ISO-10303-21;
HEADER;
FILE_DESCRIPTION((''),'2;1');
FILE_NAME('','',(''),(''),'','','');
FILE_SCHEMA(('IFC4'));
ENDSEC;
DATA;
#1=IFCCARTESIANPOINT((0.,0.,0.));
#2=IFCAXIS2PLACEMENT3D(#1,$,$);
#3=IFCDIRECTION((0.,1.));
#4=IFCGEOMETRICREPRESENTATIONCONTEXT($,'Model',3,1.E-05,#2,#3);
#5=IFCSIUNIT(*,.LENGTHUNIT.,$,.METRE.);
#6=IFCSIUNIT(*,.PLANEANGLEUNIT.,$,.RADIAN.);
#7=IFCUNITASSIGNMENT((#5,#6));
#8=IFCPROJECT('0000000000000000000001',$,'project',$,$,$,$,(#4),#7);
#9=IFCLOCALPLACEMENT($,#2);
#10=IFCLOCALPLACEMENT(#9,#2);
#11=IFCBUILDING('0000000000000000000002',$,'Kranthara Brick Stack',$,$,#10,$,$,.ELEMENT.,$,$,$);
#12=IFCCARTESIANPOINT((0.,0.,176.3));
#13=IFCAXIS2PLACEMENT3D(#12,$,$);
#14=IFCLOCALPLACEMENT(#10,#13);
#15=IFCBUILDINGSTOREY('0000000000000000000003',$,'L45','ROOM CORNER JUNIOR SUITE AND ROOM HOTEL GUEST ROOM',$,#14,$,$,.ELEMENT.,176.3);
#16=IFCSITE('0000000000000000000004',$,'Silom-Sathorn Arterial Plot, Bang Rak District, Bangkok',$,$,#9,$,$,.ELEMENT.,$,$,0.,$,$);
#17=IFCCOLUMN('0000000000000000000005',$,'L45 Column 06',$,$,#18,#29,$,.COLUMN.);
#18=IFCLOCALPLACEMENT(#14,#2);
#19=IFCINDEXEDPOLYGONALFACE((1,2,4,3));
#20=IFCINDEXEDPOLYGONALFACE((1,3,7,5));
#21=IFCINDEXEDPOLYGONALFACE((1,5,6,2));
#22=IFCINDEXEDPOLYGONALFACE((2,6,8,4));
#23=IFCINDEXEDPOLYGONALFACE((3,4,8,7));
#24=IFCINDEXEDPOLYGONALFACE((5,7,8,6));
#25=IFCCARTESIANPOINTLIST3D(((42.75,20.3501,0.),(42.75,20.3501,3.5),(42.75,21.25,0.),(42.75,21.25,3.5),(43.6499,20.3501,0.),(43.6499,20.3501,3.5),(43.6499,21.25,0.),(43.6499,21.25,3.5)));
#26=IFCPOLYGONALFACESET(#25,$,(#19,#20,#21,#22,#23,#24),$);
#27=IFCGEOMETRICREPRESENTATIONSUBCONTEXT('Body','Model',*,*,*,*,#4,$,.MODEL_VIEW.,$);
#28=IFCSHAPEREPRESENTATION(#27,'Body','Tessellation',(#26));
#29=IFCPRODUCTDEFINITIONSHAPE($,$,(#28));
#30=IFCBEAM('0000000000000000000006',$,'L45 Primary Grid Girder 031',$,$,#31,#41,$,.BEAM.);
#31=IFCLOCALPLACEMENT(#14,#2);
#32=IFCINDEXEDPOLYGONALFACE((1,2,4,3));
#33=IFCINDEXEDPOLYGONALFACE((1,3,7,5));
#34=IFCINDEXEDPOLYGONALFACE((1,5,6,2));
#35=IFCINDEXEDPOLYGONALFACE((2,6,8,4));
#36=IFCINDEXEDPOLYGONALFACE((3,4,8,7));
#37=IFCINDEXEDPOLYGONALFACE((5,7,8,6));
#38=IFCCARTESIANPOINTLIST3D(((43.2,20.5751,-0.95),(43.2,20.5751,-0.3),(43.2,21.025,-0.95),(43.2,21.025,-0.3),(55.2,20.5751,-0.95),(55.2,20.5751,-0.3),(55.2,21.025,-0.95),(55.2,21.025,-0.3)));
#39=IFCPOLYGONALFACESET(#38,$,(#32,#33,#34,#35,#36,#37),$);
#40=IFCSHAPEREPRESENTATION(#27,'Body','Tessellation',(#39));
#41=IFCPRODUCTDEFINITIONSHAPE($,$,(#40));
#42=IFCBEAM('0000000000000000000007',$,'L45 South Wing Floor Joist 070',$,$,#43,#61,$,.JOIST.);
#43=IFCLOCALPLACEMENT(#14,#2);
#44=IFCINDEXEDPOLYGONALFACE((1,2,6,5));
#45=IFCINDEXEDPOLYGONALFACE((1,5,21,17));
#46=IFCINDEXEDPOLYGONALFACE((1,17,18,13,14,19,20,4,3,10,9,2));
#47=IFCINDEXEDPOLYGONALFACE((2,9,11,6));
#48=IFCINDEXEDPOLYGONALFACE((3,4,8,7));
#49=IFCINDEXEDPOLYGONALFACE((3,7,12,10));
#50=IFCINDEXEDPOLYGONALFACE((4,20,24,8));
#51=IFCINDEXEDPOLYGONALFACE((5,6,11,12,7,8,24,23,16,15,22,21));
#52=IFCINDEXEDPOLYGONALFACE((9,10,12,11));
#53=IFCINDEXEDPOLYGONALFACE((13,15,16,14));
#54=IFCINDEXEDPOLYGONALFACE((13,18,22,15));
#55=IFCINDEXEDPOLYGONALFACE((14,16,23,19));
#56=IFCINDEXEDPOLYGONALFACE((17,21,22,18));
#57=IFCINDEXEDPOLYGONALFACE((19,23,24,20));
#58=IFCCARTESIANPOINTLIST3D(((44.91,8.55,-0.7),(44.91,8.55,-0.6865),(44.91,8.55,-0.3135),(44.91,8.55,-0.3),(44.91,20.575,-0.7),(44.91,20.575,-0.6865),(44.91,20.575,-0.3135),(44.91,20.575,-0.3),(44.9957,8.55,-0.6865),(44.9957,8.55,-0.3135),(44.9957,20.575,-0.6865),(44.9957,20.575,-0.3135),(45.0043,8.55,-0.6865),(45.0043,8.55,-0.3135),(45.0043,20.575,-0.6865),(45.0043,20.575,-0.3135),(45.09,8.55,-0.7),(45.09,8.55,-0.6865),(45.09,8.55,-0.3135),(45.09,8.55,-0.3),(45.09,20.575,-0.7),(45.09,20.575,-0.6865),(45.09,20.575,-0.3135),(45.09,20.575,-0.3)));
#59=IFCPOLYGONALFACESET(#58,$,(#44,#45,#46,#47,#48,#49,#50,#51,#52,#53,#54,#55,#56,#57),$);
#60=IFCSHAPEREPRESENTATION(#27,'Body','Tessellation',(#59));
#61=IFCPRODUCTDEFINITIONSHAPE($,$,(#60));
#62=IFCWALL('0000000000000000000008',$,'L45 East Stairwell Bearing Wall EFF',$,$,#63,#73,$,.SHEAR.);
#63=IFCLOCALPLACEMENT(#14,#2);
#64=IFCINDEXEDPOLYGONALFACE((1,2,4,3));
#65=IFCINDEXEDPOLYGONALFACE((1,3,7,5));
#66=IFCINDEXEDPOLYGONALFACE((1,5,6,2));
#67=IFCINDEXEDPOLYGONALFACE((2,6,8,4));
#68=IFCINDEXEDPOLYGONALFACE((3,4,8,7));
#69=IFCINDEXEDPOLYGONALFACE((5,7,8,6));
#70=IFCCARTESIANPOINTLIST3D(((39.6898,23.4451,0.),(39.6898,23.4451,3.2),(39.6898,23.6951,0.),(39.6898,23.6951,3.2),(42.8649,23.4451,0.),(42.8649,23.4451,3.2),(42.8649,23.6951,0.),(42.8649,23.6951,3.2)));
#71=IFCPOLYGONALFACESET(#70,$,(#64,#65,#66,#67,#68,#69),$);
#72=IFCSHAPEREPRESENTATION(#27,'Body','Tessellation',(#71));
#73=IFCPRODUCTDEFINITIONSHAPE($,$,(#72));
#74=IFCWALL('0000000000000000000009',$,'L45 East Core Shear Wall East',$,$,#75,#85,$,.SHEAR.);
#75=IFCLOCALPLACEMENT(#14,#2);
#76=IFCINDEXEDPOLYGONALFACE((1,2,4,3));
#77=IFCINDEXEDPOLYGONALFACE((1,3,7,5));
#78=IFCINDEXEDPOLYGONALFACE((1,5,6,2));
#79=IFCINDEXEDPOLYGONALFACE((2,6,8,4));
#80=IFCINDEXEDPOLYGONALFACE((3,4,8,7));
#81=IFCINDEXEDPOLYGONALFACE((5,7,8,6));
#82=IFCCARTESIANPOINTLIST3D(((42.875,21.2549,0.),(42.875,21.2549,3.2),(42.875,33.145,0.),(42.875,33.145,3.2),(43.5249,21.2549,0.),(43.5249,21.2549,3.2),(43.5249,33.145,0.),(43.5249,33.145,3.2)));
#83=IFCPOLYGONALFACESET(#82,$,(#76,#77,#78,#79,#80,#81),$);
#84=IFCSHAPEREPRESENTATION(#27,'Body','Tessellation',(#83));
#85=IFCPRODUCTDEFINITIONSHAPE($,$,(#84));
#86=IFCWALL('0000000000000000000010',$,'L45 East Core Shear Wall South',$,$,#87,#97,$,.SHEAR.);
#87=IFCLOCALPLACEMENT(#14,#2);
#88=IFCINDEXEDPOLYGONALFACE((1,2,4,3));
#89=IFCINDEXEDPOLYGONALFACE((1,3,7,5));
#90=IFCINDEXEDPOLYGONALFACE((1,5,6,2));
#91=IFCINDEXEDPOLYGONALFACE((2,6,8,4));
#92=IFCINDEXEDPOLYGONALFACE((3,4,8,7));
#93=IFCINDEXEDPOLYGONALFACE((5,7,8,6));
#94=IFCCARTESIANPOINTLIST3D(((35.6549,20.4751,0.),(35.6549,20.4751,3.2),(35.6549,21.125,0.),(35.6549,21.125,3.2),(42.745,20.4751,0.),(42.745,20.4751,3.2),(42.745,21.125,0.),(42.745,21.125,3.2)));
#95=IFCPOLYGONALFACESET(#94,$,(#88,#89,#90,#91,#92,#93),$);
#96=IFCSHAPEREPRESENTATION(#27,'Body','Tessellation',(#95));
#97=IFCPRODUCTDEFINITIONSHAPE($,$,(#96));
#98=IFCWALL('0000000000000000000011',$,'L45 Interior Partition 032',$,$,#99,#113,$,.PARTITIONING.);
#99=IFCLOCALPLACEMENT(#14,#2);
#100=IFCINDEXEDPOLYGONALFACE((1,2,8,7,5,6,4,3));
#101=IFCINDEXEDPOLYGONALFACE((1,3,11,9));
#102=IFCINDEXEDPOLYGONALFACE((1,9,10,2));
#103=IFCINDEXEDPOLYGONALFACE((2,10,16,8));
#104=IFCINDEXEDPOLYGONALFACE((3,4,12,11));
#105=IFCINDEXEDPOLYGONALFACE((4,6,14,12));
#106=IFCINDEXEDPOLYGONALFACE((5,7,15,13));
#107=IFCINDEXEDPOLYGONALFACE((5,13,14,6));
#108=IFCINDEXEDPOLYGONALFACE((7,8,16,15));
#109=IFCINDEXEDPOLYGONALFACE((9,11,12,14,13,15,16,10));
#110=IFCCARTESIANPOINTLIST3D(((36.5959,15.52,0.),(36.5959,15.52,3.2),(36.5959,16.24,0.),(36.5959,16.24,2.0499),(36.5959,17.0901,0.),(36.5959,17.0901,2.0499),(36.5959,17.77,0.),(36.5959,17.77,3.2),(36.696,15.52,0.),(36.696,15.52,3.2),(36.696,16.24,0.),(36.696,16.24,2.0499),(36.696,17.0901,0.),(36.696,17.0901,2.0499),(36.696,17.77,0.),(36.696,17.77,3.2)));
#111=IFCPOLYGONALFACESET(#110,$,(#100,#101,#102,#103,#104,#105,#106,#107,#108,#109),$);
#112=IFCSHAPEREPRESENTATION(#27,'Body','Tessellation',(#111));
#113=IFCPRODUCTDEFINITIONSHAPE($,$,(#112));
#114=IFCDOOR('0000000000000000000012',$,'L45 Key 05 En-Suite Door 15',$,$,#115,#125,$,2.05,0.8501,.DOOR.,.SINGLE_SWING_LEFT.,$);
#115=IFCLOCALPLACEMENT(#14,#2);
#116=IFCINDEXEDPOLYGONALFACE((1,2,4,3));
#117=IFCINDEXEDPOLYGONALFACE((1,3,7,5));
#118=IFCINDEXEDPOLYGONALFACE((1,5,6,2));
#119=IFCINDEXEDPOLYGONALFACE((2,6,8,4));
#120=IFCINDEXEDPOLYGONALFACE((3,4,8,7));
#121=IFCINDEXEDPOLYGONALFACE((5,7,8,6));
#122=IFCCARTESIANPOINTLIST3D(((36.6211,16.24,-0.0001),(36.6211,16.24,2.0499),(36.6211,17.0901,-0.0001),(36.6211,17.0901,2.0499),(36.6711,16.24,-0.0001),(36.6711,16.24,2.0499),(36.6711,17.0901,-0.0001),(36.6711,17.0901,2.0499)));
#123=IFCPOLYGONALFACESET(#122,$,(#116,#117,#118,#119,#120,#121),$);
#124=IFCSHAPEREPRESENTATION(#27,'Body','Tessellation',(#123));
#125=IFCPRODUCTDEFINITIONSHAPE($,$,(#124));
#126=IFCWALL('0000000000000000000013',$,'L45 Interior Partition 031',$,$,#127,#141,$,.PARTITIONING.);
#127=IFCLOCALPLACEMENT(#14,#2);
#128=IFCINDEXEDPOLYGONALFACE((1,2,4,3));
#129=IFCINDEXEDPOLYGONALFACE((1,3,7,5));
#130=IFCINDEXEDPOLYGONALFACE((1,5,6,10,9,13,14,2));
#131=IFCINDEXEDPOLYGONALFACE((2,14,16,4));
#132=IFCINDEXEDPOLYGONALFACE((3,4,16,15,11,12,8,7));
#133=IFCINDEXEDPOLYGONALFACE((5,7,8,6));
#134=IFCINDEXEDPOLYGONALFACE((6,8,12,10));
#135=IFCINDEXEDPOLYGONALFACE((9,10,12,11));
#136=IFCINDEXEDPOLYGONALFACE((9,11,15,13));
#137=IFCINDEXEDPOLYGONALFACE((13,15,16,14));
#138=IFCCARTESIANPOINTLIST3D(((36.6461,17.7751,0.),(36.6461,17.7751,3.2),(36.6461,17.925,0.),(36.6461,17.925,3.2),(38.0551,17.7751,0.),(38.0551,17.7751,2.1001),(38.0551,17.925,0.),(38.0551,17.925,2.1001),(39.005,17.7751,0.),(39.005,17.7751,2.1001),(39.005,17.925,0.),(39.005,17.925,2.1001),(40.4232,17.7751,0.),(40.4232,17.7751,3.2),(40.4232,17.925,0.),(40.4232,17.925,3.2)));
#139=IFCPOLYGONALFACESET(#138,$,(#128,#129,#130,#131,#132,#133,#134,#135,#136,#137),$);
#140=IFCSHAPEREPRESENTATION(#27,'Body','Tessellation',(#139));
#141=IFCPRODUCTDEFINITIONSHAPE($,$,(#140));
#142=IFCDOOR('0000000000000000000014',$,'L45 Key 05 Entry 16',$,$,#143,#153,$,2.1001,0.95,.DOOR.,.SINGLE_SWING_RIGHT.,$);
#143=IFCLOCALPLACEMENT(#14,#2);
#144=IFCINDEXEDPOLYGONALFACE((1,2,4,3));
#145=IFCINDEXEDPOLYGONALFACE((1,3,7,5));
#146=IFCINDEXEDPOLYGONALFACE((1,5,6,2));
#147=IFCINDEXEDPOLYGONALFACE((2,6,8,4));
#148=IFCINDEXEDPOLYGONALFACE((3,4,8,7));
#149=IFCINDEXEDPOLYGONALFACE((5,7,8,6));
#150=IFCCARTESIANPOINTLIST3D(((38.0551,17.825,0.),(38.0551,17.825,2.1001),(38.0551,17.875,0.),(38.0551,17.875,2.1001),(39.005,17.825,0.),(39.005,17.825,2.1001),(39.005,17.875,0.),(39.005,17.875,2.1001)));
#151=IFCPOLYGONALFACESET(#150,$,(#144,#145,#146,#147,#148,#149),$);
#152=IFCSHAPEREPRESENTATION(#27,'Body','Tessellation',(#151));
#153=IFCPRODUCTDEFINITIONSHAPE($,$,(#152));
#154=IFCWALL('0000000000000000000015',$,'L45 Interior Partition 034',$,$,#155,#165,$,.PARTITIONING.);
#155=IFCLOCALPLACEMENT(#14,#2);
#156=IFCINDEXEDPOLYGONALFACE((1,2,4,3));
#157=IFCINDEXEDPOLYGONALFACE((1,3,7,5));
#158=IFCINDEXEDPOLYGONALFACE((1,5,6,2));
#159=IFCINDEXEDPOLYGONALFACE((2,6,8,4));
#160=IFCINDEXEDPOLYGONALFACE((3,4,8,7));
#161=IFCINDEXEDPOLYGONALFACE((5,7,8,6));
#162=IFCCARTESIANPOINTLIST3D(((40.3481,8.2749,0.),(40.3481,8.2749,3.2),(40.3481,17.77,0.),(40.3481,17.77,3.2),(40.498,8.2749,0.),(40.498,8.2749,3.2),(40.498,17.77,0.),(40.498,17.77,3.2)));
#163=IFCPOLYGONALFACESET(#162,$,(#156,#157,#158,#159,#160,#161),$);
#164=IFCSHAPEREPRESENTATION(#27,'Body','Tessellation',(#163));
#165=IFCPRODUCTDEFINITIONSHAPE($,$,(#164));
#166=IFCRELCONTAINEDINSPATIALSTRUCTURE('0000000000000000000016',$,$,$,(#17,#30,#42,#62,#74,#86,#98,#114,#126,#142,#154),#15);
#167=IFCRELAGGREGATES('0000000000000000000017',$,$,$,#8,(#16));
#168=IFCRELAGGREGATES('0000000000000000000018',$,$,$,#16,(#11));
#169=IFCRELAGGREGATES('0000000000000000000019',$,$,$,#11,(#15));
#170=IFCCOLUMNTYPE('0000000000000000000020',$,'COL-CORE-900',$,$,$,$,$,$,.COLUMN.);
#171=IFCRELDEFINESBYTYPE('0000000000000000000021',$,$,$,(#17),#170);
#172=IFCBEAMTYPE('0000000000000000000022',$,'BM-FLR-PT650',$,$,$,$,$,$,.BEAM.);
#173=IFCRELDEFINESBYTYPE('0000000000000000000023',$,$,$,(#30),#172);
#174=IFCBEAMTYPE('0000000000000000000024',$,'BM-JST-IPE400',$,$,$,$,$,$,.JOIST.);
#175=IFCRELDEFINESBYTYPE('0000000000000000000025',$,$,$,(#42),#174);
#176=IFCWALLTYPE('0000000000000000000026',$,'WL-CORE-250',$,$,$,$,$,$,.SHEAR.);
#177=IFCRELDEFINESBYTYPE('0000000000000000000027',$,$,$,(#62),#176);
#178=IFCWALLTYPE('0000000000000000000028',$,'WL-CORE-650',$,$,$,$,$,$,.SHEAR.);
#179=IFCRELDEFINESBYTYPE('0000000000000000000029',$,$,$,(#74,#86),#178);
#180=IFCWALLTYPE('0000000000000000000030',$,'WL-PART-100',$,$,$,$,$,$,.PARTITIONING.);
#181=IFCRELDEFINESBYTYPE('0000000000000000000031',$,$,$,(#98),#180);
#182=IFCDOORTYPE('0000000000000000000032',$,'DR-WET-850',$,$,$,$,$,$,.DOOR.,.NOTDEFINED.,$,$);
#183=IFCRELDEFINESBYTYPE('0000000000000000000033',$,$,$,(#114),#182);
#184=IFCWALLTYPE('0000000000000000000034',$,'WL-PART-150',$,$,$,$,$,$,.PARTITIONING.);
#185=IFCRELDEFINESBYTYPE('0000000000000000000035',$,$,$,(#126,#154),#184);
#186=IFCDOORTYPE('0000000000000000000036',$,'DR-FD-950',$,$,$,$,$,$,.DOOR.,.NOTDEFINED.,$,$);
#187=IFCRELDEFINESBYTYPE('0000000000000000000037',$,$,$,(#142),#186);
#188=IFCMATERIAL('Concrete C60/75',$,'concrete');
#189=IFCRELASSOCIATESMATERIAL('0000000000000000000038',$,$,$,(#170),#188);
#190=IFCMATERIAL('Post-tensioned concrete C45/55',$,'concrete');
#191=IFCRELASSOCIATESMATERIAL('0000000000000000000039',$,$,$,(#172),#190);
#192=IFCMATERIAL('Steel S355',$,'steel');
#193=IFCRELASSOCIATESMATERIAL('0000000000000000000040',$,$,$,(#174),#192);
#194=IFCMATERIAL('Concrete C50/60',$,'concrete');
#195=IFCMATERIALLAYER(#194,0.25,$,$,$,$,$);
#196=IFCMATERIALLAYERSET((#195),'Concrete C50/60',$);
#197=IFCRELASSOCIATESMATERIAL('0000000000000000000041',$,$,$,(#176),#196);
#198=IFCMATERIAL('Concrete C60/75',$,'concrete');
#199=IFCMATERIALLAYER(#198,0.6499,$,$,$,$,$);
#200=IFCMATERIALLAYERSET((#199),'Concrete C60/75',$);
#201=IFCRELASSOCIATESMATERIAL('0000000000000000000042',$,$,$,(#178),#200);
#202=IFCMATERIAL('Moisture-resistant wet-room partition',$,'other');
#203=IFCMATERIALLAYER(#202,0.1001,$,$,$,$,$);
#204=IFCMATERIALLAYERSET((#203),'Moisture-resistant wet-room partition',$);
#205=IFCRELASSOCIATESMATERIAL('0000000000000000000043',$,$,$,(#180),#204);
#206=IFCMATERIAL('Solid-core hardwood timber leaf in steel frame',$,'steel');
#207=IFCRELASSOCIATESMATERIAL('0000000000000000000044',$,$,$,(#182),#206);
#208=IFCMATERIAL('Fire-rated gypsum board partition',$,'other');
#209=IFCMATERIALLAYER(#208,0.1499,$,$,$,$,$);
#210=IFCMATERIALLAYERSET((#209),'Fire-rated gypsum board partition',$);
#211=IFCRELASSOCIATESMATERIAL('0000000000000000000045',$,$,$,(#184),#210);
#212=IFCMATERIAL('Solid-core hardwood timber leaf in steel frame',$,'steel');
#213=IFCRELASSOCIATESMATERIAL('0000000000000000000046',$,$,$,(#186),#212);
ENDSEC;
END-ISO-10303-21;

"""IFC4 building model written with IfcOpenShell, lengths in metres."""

from ifc_helpers import new_model, si_unit, direction, frame, frame_2d, origin, origin_2d, place, context, subcontext, project, spatial, rectangle, i_section, extrude, material, layer, layer_set, material_profile, profile_set, type_object, element, fill, save


model = new_model("IFC4")

# Units and contexts
model_context = context("Model", 3, precision=1e-05, world=origin(), true_north=direction((0.0, 1.0)))
body_context = subcontext(model_context, "Body", "Model", "MODEL_VIEW")
ifc_project = project(units=[si_unit("LENGTHUNIT", "METRE"), si_unit("PLANEANGLEUNIT", "RADIAN")], contexts=[model_context])

# Site, building, storey
site_placement = place(None, origin())
site = spatial("IfcSite", under=ifc_project, at=site_placement, Name="Silom-Sathorn Arterial Plot, Bang Rak District, Bangkok", CompositionType="ELEMENT", RefElevation=0.0)
building_placement = place(site_placement, origin())
building = spatial("IfcBuilding", under=site, at=building_placement, Name="Kranthara Brick Stack", CompositionType="ELEMENT")
storey_placement = place(building_placement, frame((0.0, 0.0, 176.3)))
storey = spatial("IfcBuildingStorey", under=building, at=storey_placement, Name="L45", Description="ROOM CORNER JUNIOR SUITE AND ROOM HOTEL GUEST ROOM", CompositionType="ELEMENT", Elevation=176.3)

# Column
ifc_material_1 = material(Name="Concrete C60/75", Category="concrete")
ifc_material_profile_1 = material_profile(ifc_material_1, rectangle(XDim=0.8999, YDim=0.8999, at=origin_2d()), Name="RC 900x900")
ifc_profile_set_1 = profile_set([ifc_material_profile_1], Name="Concrete C60/75")
column_type = type_object("IfcColumnType", Name="COL-CORE-900", PredefinedType="COLUMN", material=ifc_profile_set_1)
column_placement = place(storey_placement, frame((43.2, 20.8, 0.0), z_axis=(0.0, 0.0, 1.0), x_axis=(1.0, 0.0, 0.0)))
element("IfcColumn", 1, at=column_placement, inside=storey, type_object=column_type, Name="L45 Column 06", PredefinedType="COLUMN", context=body_context, shape_type="SweptSolid", body=[
    extrude(rectangle(XDim=0.8999, YDim=0.8999, at=origin_2d()), origin(), (0.0, 0.0, 1.0), 3.5),
])

# Beams
ifc_material_2 = material(Name="Post-tensioned concrete C45/55", Category="concrete")
ifc_material_profile_2 = material_profile(ifc_material_2, rectangle(XDim=0.45, YDim=0.6499, at=origin_2d()), Name="PT 450x650")
ifc_profile_set_2 = profile_set([ifc_material_profile_2], Name="Post-tensioned concrete C45/55")
beam_type_1 = type_object("IfcBeamType", Name="BM-FLR-PT650", PredefinedType="BEAM", material=ifc_profile_set_2)
beam_1_placement = place(storey_placement, frame((43.2, 20.8, -0.625), z_axis=(1.0, 0.0, 0.0), x_axis=(0.0, 1.0, 0.0)))
element("IfcBeam", 2, at=beam_1_placement, inside=storey, type_object=beam_type_1, Name="L45 Primary Grid Girder 031", PredefinedType="BEAM", context=body_context, shape_type="SweptSolid", body=[
    extrude(rectangle(XDim=0.45, YDim=0.6499, at=origin_2d()), origin(), (0.0, 0.0, 1.0), 12.0),
])
ifc_material_3 = material(Name="Steel S355", Category="steel")
ifc_material_profile_3 = material_profile(ifc_material_3, i_section(OverallWidth=0.1799, OverallDepth=0.3999, WebThickness=0.0085, FlangeThickness=0.0134, at=origin_2d()), Name="IPE 400")
ifc_profile_set_3 = profile_set([ifc_material_profile_3], Name="Steel S355")
beam_type_2 = type_object("IfcBeamType", Name="BM-JST-IPE400", PredefinedType="JOIST", material=ifc_profile_set_3)
beam_2_placement = place(storey_placement, frame((45.0, 8.55, -0.5), z_axis=(0.0, 1.0, 0.0), x_axis=(-1.0, 0.0, 0.0)))
element("IfcBeam", 3, at=beam_2_placement, inside=storey, type_object=beam_type_2, Name="L45 South Wing Floor Joist 070", PredefinedType="JOIST", context=body_context, shape_type="SweptSolid", body=[
    extrude(i_section(OverallWidth=0.1799, OverallDepth=0.3999, WebThickness=0.0085, FlangeThickness=0.0134, at=origin_2d()), origin(), (0.0, 0.0, 1.0), 12.0249),
])

# Shared definitions
ifc_material_4 = material(Name="Concrete C50/60", Category="concrete")
ifc_layer_1 = layer(ifc_material_4, 0.25)
ifc_layer_set_1 = layer_set([ifc_layer_1], Name="Concrete C50/60")
wall_type_1 = type_object("IfcWallType", Name="WL-CORE-250", PredefinedType="SHEAR", material=ifc_layer_set_1)

# Walls
wall_1_placement = place(storey_placement, frame((39.6899, 23.5701, 0.0), z_axis=(0.0, 0.0, 1.0), x_axis=(1.0, 0.0, 0.0)))
element("IfcWall", 4, at=wall_1_placement, inside=storey, type_object=wall_type_1, Name="L45 East Stairwell Bearing Wall EFF", PredefinedType="SHEAR", context=body_context, shape_type="SweptSolid", body=[
    extrude(rectangle(XDim=3.175, YDim=0.25, at=frame_2d((1.5874, 0.0))), origin(), (0.0, 0.0, 1.0), 3.2),
])
ifc_material_5 = material(Name="Concrete C60/75", Category="concrete")
ifc_layer_2 = layer(ifc_material_5, 0.6499)
ifc_layer_set_2 = layer_set([ifc_layer_2], Name="Concrete C60/75")
wall_type_2 = type_object("IfcWallType", Name="WL-CORE-650", PredefinedType="SHEAR", material=ifc_layer_set_2)
wall_2_placement = place(storey_placement, frame((43.2, 21.2549, 0.0), z_axis=(0.0, 0.0, 1.0), x_axis=(0.0, 1.0, 0.0)))
element("IfcWall", 5, at=wall_2_placement, inside=storey, type_object=wall_type_2, Name="L45 East Core Shear Wall East", PredefinedType="SHEAR", context=body_context, shape_type="SweptSolid", body=[
    extrude(rectangle(XDim=11.8901, YDim=0.6499, at=frame_2d((5.9451, 0.0))), origin(), (0.0, 0.0, 1.0), 3.2),
])
wall_3_placement = place(storey_placement, frame((35.655, 20.8, 0.0), z_axis=(0.0, 0.0, 1.0), x_axis=(1.0, 0.0, 0.0)))
element("IfcWall", 6, at=wall_3_placement, inside=storey, type_object=wall_type_2, Name="L45 East Core Shear Wall South", PredefinedType="SHEAR", context=body_context, shape_type="SweptSolid", body=[
    extrude(rectangle(XDim=7.0901, YDim=0.6499, at=frame_2d((3.5449, 0.0))), origin(), (0.0, 0.0, 1.0), 3.2),
])

# Walls, openings, doors
ifc_material_6 = material(Name="Moisture-resistant wet-room partition", Category="other")
ifc_layer_3 = layer(ifc_material_6, 0.1001)
ifc_layer_set_3 = layer_set([ifc_layer_3], Name="Moisture-resistant wet-room partition")
wall_type_3 = type_object("IfcWallType", Name="WL-PART-100", PredefinedType="PARTITIONING", material=ifc_layer_set_3)
wall_4_placement = place(storey_placement, frame((36.646, 15.52, 0.0), z_axis=(0.0, 0.0, 1.0), x_axis=(0.0, 1.0, 0.0)))
wall_4 = element("IfcWall", 7, at=wall_4_placement, inside=storey, type_object=wall_type_3, Name="L45 Interior Partition 032", PredefinedType="PARTITIONING", context=body_context, shape_type="SweptSolid", body=[
    extrude(rectangle(XDim=2.25, YDim=0.1001, at=frame_2d((1.125, 0.0))), origin(), (0.0, 0.0, 1.0), 3.2),
])
opening_1_placement = place(wall_4_placement, frame((0.72, 0.0, 0.0)))
opening_1 = element("IfcOpeningElement", 8, at=opening_1_placement, cuts=wall_4, PredefinedType="OPENING", context=body_context, shape_type="SweptSolid", body=[
    extrude(rectangle(XDim=0.8501, YDim=2.05, at=frame_2d((0.425, 1.0249))), frame((0.0, 0.0601, 0.0), z_axis=(0.0, -1.0, 0.0), x_axis=(1.0, 0.0, 0.0)), (0.0, 0.0, 1.0), 0.1201),
])
ifc_material_7 = material(Name="Solid-core hardwood timber leaf in steel frame", Category="steel")
door_type_1 = type_object("IfcDoorType", Name="DR-WET-850", OperationType="NOTDEFINED", PredefinedType="DOOR", material=ifc_material_7)
door_1_placement = place(opening_1_placement, origin())
door_1 = element("IfcDoor", 9, at=door_1_placement, inside=storey, type_object=door_type_1, Name="L45 Key 05 En-Suite Door 15", OperationType="SINGLE_SWING_LEFT", OverallHeight=2.05, OverallWidth=0.8501, PredefinedType="DOOR", context=body_context, shape_type="SweptSolid", body=[
    extrude(rectangle(XDim=0.8501, YDim=2.05, at=frame_2d((0.425, 1.0249))), frame((0.0, 0.0249, 0.0), z_axis=(0.0, -1.0, 0.0), x_axis=(1.0, 0.0, 0.0)), (0.0, 0.0, 1.0), 0.05),
])
fill(opening_1, door_1)
ifc_material_8 = material(Name="Fire-rated gypsum board partition", Category="other")
ifc_layer_4 = layer(ifc_material_8, 0.1499)
ifc_layer_set_4 = layer_set([ifc_layer_4], Name="Fire-rated gypsum board partition")
wall_type_4 = type_object("IfcWallType", Name="WL-PART-150", PredefinedType="PARTITIONING", material=ifc_layer_set_4)
wall_5_placement = place(storey_placement, frame((36.646, 17.8501, 0.0), z_axis=(0.0, 0.0, 1.0), x_axis=(1.0, 0.0, 0.0)))
wall_5 = element("IfcWall", 10, at=wall_5_placement, inside=storey, type_object=wall_type_4, Name="L45 Interior Partition 031", PredefinedType="PARTITIONING", context=body_context, shape_type="SweptSolid", body=[
    extrude(rectangle(XDim=3.7771, YDim=0.1499, at=frame_2d((1.8887, 0.0))), origin(), (0.0, 0.0, 1.0), 3.2),
])
opening_2_placement = place(wall_5_placement, frame((1.4089, 0.0, 0.0)))
opening_2 = element("IfcOpeningElement", 11, at=opening_2_placement, cuts=wall_5, PredefinedType="OPENING", context=body_context, shape_type="SweptSolid", body=[
    extrude(rectangle(XDim=0.95, YDim=2.1001, at=frame_2d((0.4751, 1.05))), frame((0.0, 0.085, 0.0), z_axis=(0.0, -1.0, 0.0), x_axis=(1.0, 0.0, 0.0)), (0.0, 0.0, 1.0), 0.1699),
])
ifc_material_9 = material(Name="Solid-core hardwood timber leaf in steel frame", Category="steel")
door_type_2 = type_object("IfcDoorType", Name="DR-FD-950", OperationType="NOTDEFINED", PredefinedType="DOOR", material=ifc_material_9)
door_2_placement = place(opening_2_placement, origin())
door_2 = element("IfcDoor", 12, at=door_2_placement, inside=storey, type_object=door_type_2, Name="L45 Key 05 Entry 16", OperationType="SINGLE_SWING_RIGHT", OverallHeight=2.1001, OverallWidth=0.95, PredefinedType="DOOR", context=body_context, shape_type="SweptSolid", body=[
    extrude(rectangle(XDim=0.95, YDim=2.1001, at=frame_2d((0.4751, 1.05))), frame((0.0, 0.0249, 0.0), z_axis=(0.0, -1.0, 0.0), x_axis=(1.0, 0.0, 0.0)), (0.0, 0.0, 1.0), 0.05),
])
fill(opening_2, door_2)

# Wall
wall_6_placement = place(storey_placement, frame((40.4231, 8.2749, 0.0), z_axis=(0.0, 0.0, 1.0), x_axis=(0.0, 1.0, 0.0)))
element("IfcWall", 13, at=wall_6_placement, inside=storey, type_object=wall_type_4, Name="L45 Interior Partition 034", PredefinedType="PARTITIONING", context=body_context, shape_type="SweptSolid", body=[
    extrude(rectangle(XDim=9.4951, YDim=0.1499, at=frame_2d((4.7476, 0.0))), origin(), (0.0, 0.0, 1.0), 3.2),
])

save(model, "model.ifc")
